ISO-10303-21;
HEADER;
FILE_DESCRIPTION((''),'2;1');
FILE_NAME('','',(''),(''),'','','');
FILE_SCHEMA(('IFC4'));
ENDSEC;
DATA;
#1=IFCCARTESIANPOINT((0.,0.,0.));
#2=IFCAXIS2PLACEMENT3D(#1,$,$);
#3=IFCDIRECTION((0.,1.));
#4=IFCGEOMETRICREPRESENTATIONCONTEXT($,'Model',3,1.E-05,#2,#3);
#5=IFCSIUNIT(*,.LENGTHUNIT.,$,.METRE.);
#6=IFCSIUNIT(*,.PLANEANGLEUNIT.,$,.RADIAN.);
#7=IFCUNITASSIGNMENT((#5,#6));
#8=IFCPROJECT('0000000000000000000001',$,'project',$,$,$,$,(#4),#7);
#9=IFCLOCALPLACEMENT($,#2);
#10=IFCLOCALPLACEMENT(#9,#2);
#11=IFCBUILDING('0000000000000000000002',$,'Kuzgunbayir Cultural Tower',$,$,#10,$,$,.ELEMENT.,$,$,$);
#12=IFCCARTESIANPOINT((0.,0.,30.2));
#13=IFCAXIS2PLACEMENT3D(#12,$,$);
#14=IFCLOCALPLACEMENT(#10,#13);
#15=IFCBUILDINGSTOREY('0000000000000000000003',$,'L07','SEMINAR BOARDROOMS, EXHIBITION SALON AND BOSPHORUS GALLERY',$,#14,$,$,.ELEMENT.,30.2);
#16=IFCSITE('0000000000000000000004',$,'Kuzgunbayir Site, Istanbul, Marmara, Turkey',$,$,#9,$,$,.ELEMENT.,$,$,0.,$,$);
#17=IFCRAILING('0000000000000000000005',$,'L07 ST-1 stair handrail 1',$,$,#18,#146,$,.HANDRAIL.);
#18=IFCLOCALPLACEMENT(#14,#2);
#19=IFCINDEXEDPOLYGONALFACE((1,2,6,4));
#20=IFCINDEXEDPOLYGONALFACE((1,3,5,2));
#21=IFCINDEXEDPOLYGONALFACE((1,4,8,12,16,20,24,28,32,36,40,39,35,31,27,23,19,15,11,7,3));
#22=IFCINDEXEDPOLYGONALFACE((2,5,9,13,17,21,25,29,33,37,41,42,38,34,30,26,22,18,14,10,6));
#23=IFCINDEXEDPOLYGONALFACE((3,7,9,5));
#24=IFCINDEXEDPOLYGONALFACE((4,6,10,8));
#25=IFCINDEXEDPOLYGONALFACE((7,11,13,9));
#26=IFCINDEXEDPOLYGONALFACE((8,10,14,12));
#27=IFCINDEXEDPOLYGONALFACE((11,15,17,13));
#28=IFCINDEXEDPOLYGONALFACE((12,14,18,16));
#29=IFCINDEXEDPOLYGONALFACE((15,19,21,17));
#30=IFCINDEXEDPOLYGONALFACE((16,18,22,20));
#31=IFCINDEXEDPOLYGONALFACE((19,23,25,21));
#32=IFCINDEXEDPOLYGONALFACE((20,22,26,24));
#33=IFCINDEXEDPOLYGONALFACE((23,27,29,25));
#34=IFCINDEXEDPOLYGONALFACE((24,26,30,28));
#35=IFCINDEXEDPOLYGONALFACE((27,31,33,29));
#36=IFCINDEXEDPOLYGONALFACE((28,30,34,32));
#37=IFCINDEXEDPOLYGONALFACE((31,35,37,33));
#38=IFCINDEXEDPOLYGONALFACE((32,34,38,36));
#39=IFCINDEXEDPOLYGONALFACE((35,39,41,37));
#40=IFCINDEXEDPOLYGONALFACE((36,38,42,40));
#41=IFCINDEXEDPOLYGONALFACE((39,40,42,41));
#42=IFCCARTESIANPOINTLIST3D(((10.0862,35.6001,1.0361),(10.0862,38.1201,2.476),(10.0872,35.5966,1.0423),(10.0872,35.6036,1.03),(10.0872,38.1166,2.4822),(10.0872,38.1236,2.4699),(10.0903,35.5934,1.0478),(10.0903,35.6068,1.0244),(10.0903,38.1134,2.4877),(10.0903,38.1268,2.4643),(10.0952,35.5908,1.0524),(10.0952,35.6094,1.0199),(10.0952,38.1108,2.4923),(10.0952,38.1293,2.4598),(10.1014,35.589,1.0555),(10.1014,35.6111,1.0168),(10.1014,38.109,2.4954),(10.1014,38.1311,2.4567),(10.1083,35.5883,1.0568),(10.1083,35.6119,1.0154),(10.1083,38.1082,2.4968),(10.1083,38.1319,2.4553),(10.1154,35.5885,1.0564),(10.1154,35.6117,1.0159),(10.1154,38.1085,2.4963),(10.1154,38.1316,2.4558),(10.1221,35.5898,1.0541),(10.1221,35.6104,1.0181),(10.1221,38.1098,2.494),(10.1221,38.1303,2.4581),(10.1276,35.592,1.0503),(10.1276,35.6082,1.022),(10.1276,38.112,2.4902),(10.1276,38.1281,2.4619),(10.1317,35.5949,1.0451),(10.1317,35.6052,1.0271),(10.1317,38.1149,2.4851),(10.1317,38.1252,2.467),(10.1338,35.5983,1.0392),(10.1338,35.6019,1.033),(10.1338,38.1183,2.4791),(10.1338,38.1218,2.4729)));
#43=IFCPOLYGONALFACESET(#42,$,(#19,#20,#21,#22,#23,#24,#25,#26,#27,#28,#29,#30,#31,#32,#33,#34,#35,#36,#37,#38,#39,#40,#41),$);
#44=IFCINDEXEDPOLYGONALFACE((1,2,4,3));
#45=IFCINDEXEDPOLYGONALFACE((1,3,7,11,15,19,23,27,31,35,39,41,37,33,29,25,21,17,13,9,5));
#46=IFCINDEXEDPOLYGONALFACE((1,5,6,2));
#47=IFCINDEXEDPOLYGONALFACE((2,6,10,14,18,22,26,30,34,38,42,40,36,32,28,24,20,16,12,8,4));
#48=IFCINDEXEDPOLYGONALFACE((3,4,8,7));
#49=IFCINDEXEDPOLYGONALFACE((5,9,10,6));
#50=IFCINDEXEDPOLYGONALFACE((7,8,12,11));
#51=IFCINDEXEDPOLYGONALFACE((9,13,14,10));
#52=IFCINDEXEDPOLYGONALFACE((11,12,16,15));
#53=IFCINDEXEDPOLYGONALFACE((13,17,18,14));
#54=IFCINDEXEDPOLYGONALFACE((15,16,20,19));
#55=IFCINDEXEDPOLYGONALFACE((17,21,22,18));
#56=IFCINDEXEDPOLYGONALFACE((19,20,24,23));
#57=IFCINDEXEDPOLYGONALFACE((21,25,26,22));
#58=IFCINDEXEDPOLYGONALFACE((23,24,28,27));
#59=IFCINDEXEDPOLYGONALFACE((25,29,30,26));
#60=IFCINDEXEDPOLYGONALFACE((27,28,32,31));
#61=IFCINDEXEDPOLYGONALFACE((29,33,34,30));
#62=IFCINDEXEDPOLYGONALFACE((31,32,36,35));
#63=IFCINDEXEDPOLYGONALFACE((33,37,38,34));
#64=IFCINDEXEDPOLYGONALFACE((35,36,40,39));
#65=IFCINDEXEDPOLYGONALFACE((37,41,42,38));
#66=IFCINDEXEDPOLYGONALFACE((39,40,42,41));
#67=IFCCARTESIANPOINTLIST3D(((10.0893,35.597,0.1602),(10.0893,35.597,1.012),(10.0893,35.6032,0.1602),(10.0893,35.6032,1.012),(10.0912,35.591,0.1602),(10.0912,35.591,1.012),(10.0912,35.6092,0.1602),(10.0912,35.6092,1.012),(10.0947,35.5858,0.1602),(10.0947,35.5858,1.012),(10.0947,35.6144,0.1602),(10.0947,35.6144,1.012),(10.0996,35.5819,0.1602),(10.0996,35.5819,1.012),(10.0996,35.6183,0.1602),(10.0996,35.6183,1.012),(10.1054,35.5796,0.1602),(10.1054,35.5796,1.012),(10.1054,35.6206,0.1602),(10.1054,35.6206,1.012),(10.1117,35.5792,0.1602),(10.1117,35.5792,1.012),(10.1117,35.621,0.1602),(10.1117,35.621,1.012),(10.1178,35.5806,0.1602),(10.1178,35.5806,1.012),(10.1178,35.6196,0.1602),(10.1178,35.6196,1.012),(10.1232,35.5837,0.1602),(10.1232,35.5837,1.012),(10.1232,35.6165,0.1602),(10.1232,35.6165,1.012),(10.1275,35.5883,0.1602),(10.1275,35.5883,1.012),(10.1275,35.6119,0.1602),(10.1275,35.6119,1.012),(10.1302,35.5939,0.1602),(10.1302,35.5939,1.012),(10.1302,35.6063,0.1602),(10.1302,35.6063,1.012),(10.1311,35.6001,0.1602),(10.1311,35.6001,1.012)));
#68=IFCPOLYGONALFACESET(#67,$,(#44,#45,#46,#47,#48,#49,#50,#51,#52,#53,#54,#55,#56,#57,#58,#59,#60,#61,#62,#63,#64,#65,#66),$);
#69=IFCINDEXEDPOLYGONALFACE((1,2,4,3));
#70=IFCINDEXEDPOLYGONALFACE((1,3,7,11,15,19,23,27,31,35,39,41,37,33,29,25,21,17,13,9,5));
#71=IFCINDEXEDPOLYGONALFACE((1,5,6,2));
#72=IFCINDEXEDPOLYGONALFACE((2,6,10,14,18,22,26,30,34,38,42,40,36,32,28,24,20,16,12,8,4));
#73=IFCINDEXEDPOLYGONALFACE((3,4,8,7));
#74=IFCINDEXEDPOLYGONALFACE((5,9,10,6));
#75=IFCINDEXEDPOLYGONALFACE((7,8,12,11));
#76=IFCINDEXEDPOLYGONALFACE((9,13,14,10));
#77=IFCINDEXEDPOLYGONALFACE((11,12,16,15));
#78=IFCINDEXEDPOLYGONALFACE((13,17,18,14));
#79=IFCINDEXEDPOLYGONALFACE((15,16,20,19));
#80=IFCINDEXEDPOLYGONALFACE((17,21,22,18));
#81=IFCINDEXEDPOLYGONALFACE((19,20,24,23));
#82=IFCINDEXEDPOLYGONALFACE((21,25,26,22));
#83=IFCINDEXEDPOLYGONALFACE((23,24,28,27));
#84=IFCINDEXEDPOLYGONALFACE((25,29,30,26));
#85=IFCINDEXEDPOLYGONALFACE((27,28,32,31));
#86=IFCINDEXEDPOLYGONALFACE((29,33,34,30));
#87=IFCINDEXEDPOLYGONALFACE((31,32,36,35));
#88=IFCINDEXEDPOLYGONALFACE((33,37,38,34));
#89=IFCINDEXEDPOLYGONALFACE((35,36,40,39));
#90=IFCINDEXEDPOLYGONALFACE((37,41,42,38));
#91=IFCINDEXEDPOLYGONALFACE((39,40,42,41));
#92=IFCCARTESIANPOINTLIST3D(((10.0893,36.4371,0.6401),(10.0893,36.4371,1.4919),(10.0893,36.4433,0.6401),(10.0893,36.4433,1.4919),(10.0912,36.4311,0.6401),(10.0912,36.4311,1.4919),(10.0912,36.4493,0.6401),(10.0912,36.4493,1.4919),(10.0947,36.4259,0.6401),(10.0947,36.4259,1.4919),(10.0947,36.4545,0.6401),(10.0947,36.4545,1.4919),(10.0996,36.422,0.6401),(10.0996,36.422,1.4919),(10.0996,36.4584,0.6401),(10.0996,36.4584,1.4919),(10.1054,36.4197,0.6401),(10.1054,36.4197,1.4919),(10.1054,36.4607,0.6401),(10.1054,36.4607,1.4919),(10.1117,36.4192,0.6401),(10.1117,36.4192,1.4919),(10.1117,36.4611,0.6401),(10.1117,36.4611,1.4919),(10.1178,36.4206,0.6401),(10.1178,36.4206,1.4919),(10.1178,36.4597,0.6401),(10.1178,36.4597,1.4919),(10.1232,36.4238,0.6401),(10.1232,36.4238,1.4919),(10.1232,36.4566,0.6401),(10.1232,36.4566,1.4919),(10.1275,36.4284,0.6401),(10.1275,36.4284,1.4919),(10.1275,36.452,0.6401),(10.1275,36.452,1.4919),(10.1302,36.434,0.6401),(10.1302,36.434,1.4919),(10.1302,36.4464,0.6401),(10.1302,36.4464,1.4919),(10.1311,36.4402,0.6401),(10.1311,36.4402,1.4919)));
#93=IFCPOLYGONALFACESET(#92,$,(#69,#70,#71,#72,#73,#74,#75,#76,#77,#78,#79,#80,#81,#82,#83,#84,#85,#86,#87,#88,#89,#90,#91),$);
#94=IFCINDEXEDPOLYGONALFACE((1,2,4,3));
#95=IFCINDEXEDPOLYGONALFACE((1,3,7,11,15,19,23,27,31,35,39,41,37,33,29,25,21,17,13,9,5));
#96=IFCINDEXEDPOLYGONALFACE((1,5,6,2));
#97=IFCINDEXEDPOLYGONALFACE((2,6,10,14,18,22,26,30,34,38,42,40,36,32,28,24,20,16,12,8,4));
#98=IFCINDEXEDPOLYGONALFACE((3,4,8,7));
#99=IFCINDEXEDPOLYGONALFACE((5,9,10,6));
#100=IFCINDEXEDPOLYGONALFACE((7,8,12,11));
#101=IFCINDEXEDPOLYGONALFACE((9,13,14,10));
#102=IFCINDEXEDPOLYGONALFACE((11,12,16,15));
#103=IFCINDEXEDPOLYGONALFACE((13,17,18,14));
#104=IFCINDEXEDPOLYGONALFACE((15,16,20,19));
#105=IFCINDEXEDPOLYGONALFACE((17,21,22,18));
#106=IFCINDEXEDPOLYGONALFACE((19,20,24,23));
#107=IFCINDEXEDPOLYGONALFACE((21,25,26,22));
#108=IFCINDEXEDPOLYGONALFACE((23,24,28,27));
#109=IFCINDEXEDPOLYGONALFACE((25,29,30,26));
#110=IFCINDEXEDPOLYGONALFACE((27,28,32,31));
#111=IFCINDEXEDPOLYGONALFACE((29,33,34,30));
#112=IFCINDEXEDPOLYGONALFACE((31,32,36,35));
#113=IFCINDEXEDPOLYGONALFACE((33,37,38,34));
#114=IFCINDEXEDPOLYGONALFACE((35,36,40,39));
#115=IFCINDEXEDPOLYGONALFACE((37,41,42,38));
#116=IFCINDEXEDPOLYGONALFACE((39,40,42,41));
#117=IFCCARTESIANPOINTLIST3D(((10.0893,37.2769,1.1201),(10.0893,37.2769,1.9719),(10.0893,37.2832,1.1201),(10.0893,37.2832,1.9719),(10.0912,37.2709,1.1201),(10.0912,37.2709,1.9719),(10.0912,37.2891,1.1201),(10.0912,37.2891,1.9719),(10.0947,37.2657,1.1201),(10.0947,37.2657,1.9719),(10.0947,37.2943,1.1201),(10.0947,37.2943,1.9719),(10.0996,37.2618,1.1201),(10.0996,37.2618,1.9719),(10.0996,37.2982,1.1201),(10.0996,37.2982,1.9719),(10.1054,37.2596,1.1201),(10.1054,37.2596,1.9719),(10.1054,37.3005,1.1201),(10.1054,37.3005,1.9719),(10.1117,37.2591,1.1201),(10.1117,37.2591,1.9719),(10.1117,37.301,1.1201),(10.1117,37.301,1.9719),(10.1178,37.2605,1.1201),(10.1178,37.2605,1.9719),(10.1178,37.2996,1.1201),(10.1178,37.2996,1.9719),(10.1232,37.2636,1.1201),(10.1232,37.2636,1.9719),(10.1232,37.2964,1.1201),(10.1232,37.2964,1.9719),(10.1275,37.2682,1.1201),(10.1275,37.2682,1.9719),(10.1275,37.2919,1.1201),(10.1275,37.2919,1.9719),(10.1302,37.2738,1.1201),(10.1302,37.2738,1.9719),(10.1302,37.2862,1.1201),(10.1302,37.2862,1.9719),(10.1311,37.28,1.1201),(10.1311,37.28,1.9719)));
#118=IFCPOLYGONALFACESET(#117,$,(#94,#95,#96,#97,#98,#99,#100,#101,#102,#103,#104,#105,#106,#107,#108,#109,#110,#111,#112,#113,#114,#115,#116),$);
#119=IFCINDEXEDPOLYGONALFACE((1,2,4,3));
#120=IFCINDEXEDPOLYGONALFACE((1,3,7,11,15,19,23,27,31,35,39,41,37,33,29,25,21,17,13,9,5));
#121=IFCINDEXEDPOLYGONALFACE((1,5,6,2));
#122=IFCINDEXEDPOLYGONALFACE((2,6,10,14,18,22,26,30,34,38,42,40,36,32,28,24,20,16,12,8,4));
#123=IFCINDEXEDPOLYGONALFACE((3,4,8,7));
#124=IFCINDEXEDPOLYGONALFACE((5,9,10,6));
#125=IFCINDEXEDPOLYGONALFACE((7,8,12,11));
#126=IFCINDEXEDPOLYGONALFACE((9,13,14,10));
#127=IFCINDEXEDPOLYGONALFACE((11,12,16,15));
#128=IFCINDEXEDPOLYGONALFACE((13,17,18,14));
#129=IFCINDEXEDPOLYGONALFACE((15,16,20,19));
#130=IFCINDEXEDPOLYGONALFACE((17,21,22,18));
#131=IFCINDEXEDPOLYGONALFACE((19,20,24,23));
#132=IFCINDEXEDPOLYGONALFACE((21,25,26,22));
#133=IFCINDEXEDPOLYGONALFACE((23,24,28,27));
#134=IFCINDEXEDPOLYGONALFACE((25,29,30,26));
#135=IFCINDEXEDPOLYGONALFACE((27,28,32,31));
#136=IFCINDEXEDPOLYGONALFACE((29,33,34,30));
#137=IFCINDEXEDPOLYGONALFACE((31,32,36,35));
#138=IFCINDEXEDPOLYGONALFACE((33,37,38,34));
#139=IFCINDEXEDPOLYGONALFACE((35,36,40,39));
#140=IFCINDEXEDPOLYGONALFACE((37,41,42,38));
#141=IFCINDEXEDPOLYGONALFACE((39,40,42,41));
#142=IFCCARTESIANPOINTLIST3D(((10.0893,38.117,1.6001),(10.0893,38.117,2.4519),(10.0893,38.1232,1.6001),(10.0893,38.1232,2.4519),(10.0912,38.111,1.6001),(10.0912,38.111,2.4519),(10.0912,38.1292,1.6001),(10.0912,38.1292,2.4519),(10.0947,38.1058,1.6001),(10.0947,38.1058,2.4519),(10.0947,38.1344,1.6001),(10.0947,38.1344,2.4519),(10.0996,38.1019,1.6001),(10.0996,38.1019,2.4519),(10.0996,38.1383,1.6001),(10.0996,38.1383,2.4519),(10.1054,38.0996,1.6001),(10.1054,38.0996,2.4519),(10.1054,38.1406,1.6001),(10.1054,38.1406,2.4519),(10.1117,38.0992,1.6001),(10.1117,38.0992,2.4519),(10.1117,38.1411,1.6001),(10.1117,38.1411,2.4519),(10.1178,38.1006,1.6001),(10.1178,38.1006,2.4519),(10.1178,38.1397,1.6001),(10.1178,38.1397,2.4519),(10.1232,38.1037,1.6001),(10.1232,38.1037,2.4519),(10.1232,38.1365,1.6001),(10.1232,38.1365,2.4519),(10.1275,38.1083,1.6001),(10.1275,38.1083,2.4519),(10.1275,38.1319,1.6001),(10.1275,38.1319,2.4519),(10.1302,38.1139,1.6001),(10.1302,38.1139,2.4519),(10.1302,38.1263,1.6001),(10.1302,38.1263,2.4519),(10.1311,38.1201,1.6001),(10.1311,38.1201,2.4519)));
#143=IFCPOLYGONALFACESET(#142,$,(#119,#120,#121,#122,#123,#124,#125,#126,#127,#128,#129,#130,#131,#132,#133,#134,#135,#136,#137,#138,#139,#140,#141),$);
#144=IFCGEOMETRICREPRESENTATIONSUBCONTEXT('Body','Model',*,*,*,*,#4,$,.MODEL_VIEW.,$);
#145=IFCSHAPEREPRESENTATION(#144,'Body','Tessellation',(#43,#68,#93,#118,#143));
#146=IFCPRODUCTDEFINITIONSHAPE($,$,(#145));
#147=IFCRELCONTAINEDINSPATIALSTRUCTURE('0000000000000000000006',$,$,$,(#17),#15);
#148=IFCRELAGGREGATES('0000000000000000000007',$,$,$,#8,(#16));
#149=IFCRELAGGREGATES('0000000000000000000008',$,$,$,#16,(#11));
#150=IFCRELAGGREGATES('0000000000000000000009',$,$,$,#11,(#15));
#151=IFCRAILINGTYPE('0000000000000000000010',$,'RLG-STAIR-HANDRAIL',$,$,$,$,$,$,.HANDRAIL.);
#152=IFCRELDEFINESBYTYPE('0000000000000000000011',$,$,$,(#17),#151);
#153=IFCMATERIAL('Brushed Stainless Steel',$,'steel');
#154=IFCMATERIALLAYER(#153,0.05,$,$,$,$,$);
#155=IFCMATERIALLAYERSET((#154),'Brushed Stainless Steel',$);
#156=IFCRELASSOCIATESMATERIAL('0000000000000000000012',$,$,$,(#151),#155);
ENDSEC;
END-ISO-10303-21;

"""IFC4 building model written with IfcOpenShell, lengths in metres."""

from ifc_helpers import new_model, si_unit, direction, frame, origin, origin_2d, place, context, subcontext, project, spatial, circle, extrude, material, layer, layer_set, type_object, element, save


model = new_model("IFC4")

# Units and contexts
model_context = context("Model", 3, precision=1e-05, world=origin(), true_north=direction((0.0, 1.0)))
body_context = subcontext(model_context, "Body", "Model", "MODEL_VIEW")
ifc_project = project(units=[si_unit("LENGTHUNIT", "METRE"), si_unit("PLANEANGLEUNIT", "RADIAN")], contexts=[model_context])

# Site, building, storey
site_placement = place(None, origin())
site = spatial("IfcSite", under=ifc_project, at=site_placement, Name="Kuzgunbayir Site, Istanbul, Marmara, Turkey", CompositionType="ELEMENT", RefElevation=0.0)
building_placement = place(site_placement, origin())
building = spatial("IfcBuilding", under=site, at=building_placement, Name="Kuzgunbayir Cultural Tower", CompositionType="ELEMENT")
storey_placement = place(building_placement, frame((0.0, 0.0, 30.2)))
storey = spatial("IfcBuildingStorey", under=building, at=storey_placement, Name="L07", Description="SEMINAR BOARDROOMS, EXHIBITION SALON AND BOSPHORUS GALLERY", CompositionType="ELEMENT", Elevation=30.2)

# Railing
ifc_material_1 = material(Name="Brushed Stainless Steel", Category="steel")
ifc_layer_1 = layer(ifc_material_1, 0.05)
ifc_layer_set_1 = layer_set([ifc_layer_1], Name="Brushed Stainless Steel")
railing_type_1 = type_object("IfcRailingType", Name="RLG-STAIR-HANDRAIL", PredefinedType="HANDRAIL", material=ifc_layer_set_1)
railing_1_placement = place(storey_placement, frame((10.1101, 35.6001, 0.1602)))
element("IfcRailing", 1, at=railing_1_placement, inside=storey, type_object=railing_type_1, Name="L07 ST-1 stair handrail 1", PredefinedType="HANDRAIL", context=body_context, shape_type="SweptSolid", body=[
    extrude(circle(Radius=0.0239, at=origin_2d()), frame((0.0, 0.0, 0.876), z_axis=(0.0, 0.868253, 0.496121), x_axis=(-1.0, 0.0, 0.0)), (0.0, 0.0, 1.0), 2.9023),
    extrude(circle(Radius=0.021, at=origin_2d()), origin(), (0.0, 0.0, 1.0), 0.8518),
    extrude(circle(Radius=0.021, at=origin_2d()), frame((0.0, 0.8401, 0.48)), (0.0, 0.0, 1.0), 0.8518),
    extrude(circle(Radius=0.021, at=origin_2d()), frame((0.0, 1.6799, 0.96)), (0.0, 0.0, 1.0), 0.8518),
    extrude(circle(Radius=0.021, at=origin_2d()), frame((0.0, 2.52, 1.4399)), (0.0, 0.0, 1.0), 0.8518),
])

save(model, "model.ifc")
